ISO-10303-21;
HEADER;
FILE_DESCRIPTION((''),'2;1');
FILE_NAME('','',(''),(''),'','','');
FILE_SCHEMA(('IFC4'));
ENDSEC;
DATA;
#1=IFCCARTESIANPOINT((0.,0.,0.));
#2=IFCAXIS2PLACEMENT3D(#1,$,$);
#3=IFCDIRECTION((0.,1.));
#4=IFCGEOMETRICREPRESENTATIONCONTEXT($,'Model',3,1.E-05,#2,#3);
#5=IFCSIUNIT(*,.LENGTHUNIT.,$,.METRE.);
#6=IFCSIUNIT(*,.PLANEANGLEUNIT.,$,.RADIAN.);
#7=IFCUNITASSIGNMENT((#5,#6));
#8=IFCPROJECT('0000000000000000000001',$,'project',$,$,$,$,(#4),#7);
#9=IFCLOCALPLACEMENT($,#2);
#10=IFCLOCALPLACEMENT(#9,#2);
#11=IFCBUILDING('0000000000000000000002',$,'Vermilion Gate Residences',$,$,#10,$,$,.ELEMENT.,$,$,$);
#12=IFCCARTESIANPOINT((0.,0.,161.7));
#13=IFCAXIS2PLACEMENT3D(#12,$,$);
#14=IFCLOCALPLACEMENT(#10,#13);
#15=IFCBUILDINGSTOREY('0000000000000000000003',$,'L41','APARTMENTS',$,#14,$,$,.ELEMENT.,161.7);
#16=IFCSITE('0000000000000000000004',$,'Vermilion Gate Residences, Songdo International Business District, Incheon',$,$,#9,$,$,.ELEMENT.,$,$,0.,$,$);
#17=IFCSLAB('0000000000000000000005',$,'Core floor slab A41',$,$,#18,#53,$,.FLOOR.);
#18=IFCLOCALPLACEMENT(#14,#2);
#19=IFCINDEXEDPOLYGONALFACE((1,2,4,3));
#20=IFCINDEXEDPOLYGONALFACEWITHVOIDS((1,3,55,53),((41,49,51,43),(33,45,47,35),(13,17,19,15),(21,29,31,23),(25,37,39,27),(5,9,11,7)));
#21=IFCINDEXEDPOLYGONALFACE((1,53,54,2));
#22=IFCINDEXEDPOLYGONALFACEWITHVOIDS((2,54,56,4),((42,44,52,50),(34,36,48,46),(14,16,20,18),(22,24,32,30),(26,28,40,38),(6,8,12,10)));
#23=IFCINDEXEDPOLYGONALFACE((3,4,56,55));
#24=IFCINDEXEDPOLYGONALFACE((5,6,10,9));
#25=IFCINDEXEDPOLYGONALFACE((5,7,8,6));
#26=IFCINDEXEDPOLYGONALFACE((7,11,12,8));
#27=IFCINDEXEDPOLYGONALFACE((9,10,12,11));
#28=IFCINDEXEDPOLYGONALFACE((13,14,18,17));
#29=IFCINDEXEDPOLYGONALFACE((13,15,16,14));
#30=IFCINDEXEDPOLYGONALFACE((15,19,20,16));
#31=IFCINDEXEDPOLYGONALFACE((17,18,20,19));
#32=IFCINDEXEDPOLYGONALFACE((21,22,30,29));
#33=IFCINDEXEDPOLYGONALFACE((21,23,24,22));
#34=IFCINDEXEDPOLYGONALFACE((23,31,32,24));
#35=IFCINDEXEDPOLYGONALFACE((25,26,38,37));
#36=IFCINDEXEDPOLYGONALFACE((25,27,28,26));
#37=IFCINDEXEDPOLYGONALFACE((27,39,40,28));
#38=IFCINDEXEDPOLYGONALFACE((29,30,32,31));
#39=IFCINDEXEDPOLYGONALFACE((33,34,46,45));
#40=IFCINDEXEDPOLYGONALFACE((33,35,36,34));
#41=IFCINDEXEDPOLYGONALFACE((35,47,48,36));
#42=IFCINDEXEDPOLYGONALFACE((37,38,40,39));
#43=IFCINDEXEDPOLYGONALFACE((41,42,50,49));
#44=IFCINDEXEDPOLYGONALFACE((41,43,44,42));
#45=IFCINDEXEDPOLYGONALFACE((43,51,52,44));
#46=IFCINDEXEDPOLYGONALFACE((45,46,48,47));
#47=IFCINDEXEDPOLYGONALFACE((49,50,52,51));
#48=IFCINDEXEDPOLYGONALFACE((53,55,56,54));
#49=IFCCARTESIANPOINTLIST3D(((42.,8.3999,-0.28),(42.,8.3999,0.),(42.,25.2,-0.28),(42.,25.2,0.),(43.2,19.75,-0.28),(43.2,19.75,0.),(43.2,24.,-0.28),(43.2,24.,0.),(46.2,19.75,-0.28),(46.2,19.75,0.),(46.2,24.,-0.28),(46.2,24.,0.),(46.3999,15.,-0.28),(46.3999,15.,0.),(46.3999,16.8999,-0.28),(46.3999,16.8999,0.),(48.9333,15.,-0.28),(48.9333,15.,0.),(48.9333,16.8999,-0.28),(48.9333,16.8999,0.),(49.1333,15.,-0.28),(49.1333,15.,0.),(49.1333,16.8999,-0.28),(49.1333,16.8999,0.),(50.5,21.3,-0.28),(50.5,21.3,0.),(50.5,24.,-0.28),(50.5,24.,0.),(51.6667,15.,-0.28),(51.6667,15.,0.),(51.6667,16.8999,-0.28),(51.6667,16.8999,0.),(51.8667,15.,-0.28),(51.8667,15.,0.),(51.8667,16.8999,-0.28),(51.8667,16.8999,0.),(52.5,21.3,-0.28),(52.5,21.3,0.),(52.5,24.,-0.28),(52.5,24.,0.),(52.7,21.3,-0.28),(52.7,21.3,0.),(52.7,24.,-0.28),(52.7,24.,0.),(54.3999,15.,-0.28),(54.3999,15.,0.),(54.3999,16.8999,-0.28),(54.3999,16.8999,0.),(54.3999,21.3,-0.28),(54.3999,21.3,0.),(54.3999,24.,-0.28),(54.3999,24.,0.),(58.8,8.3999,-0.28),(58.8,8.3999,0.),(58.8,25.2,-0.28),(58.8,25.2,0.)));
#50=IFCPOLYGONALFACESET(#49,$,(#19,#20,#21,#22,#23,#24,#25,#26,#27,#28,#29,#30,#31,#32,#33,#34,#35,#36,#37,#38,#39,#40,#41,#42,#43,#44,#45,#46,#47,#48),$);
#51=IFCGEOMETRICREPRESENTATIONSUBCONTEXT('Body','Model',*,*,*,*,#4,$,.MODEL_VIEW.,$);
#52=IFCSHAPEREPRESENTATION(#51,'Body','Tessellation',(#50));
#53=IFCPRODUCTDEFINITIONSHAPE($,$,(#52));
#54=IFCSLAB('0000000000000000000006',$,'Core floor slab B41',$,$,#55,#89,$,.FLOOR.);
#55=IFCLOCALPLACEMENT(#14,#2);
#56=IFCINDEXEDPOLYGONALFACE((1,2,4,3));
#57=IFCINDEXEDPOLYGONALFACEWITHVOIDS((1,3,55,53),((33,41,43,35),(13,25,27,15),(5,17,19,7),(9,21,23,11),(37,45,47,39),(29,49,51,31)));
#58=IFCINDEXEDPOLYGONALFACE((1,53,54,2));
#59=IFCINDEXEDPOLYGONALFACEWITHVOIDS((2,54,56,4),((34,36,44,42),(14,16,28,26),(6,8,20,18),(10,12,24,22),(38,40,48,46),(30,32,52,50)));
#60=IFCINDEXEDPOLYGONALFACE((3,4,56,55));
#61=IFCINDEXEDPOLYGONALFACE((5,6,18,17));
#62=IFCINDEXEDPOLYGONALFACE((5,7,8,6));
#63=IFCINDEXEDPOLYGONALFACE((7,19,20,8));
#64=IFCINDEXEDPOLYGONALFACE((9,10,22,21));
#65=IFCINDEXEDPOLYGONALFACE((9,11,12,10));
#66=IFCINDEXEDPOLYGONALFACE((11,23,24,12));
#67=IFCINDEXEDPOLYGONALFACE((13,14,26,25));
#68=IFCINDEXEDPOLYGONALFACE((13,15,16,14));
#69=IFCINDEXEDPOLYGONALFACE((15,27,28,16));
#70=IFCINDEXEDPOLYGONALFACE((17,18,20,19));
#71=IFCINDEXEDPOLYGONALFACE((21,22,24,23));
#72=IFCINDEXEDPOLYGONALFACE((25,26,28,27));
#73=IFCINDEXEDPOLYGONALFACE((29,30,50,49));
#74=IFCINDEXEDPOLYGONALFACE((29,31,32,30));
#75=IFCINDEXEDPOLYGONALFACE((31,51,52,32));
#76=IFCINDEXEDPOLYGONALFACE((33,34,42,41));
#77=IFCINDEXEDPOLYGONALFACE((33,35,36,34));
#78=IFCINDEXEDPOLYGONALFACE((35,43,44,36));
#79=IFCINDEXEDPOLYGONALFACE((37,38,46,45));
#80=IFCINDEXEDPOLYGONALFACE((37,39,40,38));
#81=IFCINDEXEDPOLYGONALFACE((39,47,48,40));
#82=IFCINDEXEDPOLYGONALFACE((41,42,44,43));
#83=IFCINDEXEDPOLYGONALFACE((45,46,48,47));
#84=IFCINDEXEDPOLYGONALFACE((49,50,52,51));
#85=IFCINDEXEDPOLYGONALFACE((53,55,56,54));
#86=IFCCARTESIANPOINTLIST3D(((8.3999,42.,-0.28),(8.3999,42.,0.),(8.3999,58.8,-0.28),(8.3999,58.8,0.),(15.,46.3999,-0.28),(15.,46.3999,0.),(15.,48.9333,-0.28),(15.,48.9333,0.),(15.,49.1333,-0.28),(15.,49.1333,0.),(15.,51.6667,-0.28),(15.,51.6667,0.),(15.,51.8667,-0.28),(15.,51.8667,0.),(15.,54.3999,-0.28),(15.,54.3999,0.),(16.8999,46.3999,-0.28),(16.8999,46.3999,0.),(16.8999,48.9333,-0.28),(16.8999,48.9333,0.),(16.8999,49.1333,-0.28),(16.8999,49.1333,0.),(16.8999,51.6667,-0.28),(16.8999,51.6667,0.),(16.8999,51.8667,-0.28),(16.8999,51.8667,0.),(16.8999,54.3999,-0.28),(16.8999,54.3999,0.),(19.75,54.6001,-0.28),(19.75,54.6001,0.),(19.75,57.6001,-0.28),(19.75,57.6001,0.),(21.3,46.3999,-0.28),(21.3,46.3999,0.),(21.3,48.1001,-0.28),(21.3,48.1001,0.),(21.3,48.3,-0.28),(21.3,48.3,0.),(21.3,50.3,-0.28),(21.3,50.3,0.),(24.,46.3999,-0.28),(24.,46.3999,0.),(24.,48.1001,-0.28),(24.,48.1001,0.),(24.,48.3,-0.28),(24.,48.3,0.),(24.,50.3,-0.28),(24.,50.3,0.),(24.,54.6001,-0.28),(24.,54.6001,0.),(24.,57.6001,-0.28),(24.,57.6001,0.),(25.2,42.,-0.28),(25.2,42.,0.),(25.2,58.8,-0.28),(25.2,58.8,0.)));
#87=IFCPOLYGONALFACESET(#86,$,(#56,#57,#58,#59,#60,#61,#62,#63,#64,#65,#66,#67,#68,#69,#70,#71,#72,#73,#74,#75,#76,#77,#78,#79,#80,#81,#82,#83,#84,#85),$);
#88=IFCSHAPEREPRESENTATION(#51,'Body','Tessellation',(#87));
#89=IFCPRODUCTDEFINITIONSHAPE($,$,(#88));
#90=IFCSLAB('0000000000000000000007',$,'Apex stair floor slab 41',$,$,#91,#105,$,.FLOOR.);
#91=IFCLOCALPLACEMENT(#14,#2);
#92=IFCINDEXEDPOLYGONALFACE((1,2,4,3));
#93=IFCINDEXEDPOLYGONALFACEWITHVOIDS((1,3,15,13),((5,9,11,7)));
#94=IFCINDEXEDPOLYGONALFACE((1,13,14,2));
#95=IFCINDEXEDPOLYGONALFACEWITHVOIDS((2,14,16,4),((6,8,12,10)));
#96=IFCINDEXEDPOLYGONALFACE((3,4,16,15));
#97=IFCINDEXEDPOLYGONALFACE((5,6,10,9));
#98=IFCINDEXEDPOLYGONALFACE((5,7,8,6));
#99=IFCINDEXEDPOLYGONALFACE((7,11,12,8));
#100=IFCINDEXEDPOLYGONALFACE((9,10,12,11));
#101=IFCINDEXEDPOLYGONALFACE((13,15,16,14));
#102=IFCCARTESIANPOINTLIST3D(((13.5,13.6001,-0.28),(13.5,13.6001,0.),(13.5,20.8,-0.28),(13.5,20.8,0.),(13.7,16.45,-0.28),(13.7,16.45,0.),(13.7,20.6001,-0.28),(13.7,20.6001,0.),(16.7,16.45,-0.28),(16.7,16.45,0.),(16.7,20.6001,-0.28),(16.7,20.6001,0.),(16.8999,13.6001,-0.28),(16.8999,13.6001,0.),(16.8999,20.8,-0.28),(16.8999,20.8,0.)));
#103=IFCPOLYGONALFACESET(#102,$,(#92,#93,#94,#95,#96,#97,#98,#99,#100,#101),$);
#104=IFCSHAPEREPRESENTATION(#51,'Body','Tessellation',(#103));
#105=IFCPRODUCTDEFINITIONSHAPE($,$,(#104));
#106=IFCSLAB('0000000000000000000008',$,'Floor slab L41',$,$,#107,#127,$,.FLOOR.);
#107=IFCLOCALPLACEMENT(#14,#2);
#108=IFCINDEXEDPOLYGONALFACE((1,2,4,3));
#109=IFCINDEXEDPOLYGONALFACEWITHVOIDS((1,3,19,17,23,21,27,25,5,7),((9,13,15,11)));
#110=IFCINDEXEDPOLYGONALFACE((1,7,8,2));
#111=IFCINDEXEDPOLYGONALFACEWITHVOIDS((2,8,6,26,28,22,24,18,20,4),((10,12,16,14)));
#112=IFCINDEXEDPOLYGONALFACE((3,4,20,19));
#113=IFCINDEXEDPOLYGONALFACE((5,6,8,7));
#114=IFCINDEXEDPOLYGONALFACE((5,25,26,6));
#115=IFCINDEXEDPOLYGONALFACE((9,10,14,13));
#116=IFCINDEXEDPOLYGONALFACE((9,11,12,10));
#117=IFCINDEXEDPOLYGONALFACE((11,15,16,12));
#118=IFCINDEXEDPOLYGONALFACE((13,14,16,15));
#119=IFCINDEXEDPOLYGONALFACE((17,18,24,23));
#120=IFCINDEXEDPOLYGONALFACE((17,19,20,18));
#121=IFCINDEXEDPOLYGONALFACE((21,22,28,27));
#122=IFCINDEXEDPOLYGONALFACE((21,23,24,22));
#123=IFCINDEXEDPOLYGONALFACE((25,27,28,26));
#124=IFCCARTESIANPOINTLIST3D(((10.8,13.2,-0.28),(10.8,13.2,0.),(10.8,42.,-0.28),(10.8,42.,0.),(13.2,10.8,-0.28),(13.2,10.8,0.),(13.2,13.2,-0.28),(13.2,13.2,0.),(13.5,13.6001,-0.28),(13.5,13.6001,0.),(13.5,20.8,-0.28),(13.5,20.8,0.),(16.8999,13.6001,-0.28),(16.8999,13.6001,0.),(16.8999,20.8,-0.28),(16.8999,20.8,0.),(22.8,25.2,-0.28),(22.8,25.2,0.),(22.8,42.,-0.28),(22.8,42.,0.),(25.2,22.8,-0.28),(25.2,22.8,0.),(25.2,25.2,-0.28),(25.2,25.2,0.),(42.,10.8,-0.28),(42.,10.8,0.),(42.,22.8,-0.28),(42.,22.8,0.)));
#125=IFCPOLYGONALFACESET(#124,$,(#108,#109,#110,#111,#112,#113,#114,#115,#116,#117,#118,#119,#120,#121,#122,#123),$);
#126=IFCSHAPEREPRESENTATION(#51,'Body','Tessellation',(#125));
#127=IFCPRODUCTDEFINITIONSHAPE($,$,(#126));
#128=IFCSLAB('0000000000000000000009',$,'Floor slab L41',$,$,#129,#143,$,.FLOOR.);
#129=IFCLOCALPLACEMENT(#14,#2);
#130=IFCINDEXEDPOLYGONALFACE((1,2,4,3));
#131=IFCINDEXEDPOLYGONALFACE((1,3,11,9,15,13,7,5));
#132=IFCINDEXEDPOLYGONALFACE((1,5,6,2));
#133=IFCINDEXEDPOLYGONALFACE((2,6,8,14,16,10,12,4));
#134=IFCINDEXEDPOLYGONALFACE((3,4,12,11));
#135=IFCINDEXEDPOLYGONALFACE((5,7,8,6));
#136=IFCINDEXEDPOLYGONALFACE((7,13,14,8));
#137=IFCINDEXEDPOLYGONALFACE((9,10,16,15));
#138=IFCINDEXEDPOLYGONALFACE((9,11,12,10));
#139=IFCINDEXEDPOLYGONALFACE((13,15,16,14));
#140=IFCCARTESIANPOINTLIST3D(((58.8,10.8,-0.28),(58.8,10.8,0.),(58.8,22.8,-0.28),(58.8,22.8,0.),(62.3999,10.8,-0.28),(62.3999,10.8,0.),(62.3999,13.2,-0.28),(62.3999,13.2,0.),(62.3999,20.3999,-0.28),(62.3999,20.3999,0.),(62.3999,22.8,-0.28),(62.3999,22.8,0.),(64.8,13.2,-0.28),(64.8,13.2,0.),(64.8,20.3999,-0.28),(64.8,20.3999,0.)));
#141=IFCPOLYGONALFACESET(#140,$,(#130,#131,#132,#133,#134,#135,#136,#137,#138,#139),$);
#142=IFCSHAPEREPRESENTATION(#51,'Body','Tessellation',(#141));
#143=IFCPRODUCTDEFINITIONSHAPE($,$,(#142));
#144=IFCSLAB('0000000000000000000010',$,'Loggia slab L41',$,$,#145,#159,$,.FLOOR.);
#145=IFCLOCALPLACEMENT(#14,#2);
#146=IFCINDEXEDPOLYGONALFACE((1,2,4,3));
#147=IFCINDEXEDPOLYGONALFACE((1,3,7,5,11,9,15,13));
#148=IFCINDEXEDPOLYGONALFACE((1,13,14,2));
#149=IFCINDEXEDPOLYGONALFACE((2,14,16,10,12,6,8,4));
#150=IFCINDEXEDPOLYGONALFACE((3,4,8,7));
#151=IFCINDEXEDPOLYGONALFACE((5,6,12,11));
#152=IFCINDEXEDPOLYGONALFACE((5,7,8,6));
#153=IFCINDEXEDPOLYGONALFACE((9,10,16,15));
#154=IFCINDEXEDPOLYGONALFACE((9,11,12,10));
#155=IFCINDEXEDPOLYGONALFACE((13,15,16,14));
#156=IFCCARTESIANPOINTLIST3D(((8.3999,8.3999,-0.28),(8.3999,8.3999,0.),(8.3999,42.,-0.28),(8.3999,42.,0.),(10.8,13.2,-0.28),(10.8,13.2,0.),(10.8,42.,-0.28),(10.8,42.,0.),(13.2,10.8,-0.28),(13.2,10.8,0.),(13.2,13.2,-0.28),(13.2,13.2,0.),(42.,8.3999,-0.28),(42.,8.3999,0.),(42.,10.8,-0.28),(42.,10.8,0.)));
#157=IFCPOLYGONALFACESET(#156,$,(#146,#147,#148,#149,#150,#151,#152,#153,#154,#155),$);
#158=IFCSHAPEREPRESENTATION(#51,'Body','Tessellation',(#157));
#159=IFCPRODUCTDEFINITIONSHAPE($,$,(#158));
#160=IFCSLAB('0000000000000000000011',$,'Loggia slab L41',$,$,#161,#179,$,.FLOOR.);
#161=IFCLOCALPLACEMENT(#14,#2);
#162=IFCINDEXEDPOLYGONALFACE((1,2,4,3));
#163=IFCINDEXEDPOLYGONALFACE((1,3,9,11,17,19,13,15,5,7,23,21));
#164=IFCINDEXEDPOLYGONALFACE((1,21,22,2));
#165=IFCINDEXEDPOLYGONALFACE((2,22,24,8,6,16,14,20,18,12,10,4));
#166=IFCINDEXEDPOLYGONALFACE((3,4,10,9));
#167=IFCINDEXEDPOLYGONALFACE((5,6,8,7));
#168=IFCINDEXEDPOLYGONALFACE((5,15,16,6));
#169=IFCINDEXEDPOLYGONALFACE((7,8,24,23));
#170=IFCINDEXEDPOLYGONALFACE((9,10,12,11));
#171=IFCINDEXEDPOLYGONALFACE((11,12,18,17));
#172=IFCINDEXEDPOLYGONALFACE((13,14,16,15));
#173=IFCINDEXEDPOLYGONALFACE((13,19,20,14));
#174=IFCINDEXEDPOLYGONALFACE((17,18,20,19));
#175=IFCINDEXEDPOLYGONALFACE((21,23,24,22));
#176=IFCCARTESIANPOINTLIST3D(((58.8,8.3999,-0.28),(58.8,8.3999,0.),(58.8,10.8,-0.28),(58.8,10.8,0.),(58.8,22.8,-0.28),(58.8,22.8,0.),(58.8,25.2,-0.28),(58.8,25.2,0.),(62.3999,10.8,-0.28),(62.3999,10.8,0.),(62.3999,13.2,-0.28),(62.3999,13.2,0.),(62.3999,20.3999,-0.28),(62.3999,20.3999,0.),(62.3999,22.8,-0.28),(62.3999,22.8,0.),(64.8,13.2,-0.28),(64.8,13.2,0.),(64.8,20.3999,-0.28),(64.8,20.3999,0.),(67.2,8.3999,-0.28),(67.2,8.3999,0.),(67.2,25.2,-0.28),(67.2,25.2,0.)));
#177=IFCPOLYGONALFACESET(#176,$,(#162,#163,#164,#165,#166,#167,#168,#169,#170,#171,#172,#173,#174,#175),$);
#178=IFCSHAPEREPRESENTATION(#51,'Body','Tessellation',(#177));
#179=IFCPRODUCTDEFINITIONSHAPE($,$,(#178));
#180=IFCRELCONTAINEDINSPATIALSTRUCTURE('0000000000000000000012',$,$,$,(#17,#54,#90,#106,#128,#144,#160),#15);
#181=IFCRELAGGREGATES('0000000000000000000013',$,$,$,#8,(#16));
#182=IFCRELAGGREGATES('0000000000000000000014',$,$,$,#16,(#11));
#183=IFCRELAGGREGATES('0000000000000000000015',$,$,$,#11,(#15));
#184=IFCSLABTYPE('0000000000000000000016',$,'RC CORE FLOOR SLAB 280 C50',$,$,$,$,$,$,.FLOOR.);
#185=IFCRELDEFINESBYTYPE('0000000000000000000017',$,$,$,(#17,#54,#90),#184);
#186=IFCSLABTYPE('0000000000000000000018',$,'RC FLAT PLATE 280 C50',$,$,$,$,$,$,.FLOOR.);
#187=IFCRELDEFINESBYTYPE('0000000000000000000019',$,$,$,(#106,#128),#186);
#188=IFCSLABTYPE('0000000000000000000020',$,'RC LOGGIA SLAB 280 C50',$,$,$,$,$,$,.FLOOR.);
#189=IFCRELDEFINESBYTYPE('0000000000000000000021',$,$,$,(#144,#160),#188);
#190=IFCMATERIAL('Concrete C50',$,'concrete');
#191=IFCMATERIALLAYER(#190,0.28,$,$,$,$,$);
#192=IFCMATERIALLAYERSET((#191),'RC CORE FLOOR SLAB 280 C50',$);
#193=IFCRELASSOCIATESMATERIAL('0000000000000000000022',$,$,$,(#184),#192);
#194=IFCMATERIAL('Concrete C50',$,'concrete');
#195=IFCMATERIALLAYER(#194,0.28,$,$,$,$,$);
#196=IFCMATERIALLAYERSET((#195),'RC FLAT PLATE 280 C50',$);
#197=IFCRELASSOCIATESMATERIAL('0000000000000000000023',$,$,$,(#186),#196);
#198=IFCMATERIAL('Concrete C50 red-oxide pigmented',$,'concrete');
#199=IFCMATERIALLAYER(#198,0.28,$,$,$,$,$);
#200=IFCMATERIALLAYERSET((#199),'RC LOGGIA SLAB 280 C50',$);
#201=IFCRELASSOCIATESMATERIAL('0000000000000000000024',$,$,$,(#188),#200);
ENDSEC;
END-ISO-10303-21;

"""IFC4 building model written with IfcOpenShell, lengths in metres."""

from ifc_helpers import new_model, si_unit, direction, frame, origin, place, context, subcontext, project, spatial, polyline, outline, extrude, material, layer, layer_set, type_object, element, save


model = new_model("IFC4")

# Units and contexts
model_context = context("Model", 3, precision=1e-05, world=origin(), true_north=direction((0.0, 1.0)))
body_context = subcontext(model_context, "Body", "Model", "MODEL_VIEW")
ifc_project = project(units=[si_unit("LENGTHUNIT", "METRE"), si_unit("PLANEANGLEUNIT", "RADIAN")], contexts=[model_context])

# Site, building, storey
site_placement = place(None, origin())
site = spatial("IfcSite", under=ifc_project, at=site_placement, Name="Vermilion Gate Residences, Songdo International Business District, Incheon", CompositionType="ELEMENT", RefElevation=0.0)
building_placement = place(site_placement, origin())
building = spatial("IfcBuilding", under=site, at=building_placement, Name="Vermilion Gate Residences", CompositionType="ELEMENT")
storey_placement = place(building_placement, frame((0.0, 0.0, 161.7)))
storey = spatial("IfcBuildingStorey", under=building, at=storey_placement, Name="L41", Description="APARTMENTS", CompositionType="ELEMENT", Elevation=161.7)

# Slabs
ifc_material_1 = material(Name="Concrete C50", Category="concrete")
ifc_layer_1 = layer(ifc_material_1, 0.28)
ifc_layer_set_1 = layer_set([ifc_layer_1], Name="RC CORE FLOOR SLAB 280 C50")
slab_type_1 = type_object("IfcSlabType", Name="RC CORE FLOOR SLAB 280 C50", PredefinedType="FLOOR", material=ifc_layer_set_1)
slab_1_placement = place(storey_placement, frame((0.0, 0.0, -0.28)))
element("IfcSlab", 1, at=slab_1_placement, inside=storey, type_object=slab_type_1, Name="Core floor slab A41", PredefinedType="FLOOR", context=body_context, shape_type="SweptSolid", body=[
    extrude(outline(polyline([(42.0, 8.3999), (58.8, 8.3999), (58.8, 25.2), (42.0, 25.2), (42.0, 8.3999)]), holes=[polyline([(46.3999, 15.0), (46.3999, 16.8999), (48.9333, 16.8999), (48.9333, 15.0), (46.3999, 15.0)]), polyline([(49.1333, 16.8999), (51.6667, 16.8999), (51.6667, 15.0), (49.1333, 15.0), (49.1333, 16.8999)]), polyline([(51.8667, 16.8999), (54.3999, 16.8999), (54.3999, 15.0), (51.8667, 15.0), (51.8667, 16.8999)]), polyline([(43.2, 19.75), (43.2, 24.0), (46.2, 24.0), (46.2, 19.75), (43.2, 19.75)]), polyline([(50.5, 24.0), (52.5, 24.0), (52.5, 21.3), (50.5, 21.3), (50.5, 24.0)]), polyline([(52.7, 24.0), (54.3999, 24.0), (54.3999, 21.3), (52.7, 21.3), (52.7, 24.0)])]), origin(), (0.0, 0.0, 1.0), 0.28),
])
slab_2_placement = place(storey_placement, frame((0.0, 0.0, -0.28)))
element("IfcSlab", 2, at=slab_2_placement, inside=storey, type_object=slab_type_1, Name="Core floor slab B41", PredefinedType="FLOOR", context=body_context, shape_type="SweptSolid", body=[
    extrude(outline(polyline([(8.3999, 42.0), (25.2, 42.0), (25.2, 58.8), (8.3999, 58.8), (8.3999, 42.0)]), holes=[polyline([(21.3, 46.3999), (21.3, 48.1001), (24.0, 48.1001), (24.0, 46.3999), (21.3, 46.3999)]), polyline([(15.0, 48.9333), (16.8999, 48.9333), (16.8999, 46.3999), (15.0, 46.3999), (15.0, 48.9333)]), polyline([(21.3, 50.3), (24.0, 50.3), (24.0, 48.3), (21.3, 48.3), (21.3, 50.3)]), polyline([(15.0, 49.1333), (15.0, 51.6667), (16.8999, 51.6667), (16.8999, 49.1333), (15.0, 49.1333)]), polyline([(15.0, 54.3999), (16.8999, 54.3999), (16.8999, 51.8667), (15.0, 51.8667), (15.0, 54.3999)]), polyline([(19.75, 57.6001), (24.0, 57.6001), (24.0, 54.6001), (19.75, 54.6001), (19.75, 57.6001)])]), origin(), (0.0, 0.0, 1.0), 0.28),
])
slab_3_placement = place(storey_placement, frame((0.0, 0.0, -0.28)))
element("IfcSlab", 3, at=slab_3_placement, inside=storey, type_object=slab_type_1, Name="Apex stair floor slab 41", PredefinedType="FLOOR", context=body_context, shape_type="SweptSolid", body=[
    extrude(outline(polyline([(13.5, 13.6001), (16.8999, 13.6001), (16.8999, 20.8), (13.5, 20.8), (13.5, 13.6001)]), holes=[polyline([(16.7, 20.6001), (16.7, 16.45), (13.7, 16.45), (13.7, 20.6001), (16.7, 20.6001)])]), origin(), (0.0, 0.0, 1.0), 0.28),
])
ifc_material_2 = material(Name="Concrete C50", Category="concrete")
ifc_layer_2 = layer(ifc_material_2, 0.28)
ifc_layer_set_2 = layer_set([ifc_layer_2], Name="RC FLAT PLATE 280 C50")
slab_type_2 = type_object("IfcSlabType", Name="RC FLAT PLATE 280 C50", PredefinedType="FLOOR", material=ifc_layer_set_2)
slab_4_placement = place(storey_placement, frame((0.0, 0.0, -0.28)))
element("IfcSlab", 4, at=slab_4_placement, inside=storey, type_object=slab_type_2, Name="Floor slab L41", PredefinedType="FLOOR", context=body_context, shape_type="SweptSolid", body=[
    extrude(outline(polyline([(22.8, 25.2), (22.8, 42.0), (10.8, 42.0), (10.8, 13.2), (13.2, 13.2), (13.2, 10.8), (42.0, 10.8), (42.0, 22.8), (25.2, 22.8), (25.2, 25.2), (22.8, 25.2)]), holes=[polyline([(13.5, 13.6001), (13.5, 20.8), (16.8999, 20.8), (16.8999, 13.6001), (13.5, 13.6001)])]), origin(), (0.0, 0.0, 1.0), 0.28),
])
slab_5_placement = place(storey_placement, frame((0.0, 0.0, -0.28)))
element("IfcSlab", 5, at=slab_5_placement, inside=storey, type_object=slab_type_2, Name="Floor slab L41", PredefinedType="FLOOR", context=body_context, shape_type="SweptSolid", body=[
    extrude(outline(polyline([(58.8, 22.8), (58.8, 10.8), (62.3999, 10.8), (62.3999, 13.2), (64.8, 13.2), (64.8, 20.3999), (62.3999, 20.3999), (62.3999, 22.8), (58.8, 22.8)])), origin(), (0.0, 0.0, 1.0), 0.28),
])
ifc_material_3 = material(Name="Concrete C50 red-oxide pigmented", Category="concrete")
ifc_layer_3 = layer(ifc_material_3, 0.28)
ifc_layer_set_3 = layer_set([ifc_layer_3], Name="RC LOGGIA SLAB 280 C50")
slab_type_3 = type_object("IfcSlabType", Name="RC LOGGIA SLAB 280 C50", PredefinedType="FLOOR", material=ifc_layer_set_3)
slab_6_placement = place(storey_placement, frame((0.0, 0.0, -0.28)))
element("IfcSlab", 6, at=slab_6_placement, inside=storey, type_object=slab_type_3, Name="Loggia slab L41", PredefinedType="FLOOR", context=body_context, shape_type="SweptSolid", body=[
    extrude(outline(polyline([(8.3999, 42.0), (8.3999, 8.3999), (42.0, 8.3999), (42.0, 10.8), (13.2, 10.8), (13.2, 13.2), (10.8, 13.2), (10.8, 42.0), (8.3999, 42.0)])), origin(), (0.0, 0.0, 1.0), 0.28),
])
slab_7_placement = place(storey_placement, frame((0.0, 0.0, -0.28)))
element("IfcSlab", 7, at=slab_7_placement, inside=storey, type_object=slab_type_3, Name="Loggia slab L41", PredefinedType="FLOOR", context=body_context, shape_type="SweptSolid", body=[
    extrude(outline(polyline([(64.8, 13.2), (62.3999, 13.2), (62.3999, 10.8), (58.8, 10.8), (58.8, 8.3999), (67.2, 8.3999), (67.2, 25.2), (58.8, 25.2), (58.8, 22.8), (62.3999, 22.8), (62.3999, 20.3999), (64.8, 20.3999), (64.8, 13.2)])), origin(), (0.0, 0.0, 1.0), 0.28),
])

save(model, "model.ifc")
